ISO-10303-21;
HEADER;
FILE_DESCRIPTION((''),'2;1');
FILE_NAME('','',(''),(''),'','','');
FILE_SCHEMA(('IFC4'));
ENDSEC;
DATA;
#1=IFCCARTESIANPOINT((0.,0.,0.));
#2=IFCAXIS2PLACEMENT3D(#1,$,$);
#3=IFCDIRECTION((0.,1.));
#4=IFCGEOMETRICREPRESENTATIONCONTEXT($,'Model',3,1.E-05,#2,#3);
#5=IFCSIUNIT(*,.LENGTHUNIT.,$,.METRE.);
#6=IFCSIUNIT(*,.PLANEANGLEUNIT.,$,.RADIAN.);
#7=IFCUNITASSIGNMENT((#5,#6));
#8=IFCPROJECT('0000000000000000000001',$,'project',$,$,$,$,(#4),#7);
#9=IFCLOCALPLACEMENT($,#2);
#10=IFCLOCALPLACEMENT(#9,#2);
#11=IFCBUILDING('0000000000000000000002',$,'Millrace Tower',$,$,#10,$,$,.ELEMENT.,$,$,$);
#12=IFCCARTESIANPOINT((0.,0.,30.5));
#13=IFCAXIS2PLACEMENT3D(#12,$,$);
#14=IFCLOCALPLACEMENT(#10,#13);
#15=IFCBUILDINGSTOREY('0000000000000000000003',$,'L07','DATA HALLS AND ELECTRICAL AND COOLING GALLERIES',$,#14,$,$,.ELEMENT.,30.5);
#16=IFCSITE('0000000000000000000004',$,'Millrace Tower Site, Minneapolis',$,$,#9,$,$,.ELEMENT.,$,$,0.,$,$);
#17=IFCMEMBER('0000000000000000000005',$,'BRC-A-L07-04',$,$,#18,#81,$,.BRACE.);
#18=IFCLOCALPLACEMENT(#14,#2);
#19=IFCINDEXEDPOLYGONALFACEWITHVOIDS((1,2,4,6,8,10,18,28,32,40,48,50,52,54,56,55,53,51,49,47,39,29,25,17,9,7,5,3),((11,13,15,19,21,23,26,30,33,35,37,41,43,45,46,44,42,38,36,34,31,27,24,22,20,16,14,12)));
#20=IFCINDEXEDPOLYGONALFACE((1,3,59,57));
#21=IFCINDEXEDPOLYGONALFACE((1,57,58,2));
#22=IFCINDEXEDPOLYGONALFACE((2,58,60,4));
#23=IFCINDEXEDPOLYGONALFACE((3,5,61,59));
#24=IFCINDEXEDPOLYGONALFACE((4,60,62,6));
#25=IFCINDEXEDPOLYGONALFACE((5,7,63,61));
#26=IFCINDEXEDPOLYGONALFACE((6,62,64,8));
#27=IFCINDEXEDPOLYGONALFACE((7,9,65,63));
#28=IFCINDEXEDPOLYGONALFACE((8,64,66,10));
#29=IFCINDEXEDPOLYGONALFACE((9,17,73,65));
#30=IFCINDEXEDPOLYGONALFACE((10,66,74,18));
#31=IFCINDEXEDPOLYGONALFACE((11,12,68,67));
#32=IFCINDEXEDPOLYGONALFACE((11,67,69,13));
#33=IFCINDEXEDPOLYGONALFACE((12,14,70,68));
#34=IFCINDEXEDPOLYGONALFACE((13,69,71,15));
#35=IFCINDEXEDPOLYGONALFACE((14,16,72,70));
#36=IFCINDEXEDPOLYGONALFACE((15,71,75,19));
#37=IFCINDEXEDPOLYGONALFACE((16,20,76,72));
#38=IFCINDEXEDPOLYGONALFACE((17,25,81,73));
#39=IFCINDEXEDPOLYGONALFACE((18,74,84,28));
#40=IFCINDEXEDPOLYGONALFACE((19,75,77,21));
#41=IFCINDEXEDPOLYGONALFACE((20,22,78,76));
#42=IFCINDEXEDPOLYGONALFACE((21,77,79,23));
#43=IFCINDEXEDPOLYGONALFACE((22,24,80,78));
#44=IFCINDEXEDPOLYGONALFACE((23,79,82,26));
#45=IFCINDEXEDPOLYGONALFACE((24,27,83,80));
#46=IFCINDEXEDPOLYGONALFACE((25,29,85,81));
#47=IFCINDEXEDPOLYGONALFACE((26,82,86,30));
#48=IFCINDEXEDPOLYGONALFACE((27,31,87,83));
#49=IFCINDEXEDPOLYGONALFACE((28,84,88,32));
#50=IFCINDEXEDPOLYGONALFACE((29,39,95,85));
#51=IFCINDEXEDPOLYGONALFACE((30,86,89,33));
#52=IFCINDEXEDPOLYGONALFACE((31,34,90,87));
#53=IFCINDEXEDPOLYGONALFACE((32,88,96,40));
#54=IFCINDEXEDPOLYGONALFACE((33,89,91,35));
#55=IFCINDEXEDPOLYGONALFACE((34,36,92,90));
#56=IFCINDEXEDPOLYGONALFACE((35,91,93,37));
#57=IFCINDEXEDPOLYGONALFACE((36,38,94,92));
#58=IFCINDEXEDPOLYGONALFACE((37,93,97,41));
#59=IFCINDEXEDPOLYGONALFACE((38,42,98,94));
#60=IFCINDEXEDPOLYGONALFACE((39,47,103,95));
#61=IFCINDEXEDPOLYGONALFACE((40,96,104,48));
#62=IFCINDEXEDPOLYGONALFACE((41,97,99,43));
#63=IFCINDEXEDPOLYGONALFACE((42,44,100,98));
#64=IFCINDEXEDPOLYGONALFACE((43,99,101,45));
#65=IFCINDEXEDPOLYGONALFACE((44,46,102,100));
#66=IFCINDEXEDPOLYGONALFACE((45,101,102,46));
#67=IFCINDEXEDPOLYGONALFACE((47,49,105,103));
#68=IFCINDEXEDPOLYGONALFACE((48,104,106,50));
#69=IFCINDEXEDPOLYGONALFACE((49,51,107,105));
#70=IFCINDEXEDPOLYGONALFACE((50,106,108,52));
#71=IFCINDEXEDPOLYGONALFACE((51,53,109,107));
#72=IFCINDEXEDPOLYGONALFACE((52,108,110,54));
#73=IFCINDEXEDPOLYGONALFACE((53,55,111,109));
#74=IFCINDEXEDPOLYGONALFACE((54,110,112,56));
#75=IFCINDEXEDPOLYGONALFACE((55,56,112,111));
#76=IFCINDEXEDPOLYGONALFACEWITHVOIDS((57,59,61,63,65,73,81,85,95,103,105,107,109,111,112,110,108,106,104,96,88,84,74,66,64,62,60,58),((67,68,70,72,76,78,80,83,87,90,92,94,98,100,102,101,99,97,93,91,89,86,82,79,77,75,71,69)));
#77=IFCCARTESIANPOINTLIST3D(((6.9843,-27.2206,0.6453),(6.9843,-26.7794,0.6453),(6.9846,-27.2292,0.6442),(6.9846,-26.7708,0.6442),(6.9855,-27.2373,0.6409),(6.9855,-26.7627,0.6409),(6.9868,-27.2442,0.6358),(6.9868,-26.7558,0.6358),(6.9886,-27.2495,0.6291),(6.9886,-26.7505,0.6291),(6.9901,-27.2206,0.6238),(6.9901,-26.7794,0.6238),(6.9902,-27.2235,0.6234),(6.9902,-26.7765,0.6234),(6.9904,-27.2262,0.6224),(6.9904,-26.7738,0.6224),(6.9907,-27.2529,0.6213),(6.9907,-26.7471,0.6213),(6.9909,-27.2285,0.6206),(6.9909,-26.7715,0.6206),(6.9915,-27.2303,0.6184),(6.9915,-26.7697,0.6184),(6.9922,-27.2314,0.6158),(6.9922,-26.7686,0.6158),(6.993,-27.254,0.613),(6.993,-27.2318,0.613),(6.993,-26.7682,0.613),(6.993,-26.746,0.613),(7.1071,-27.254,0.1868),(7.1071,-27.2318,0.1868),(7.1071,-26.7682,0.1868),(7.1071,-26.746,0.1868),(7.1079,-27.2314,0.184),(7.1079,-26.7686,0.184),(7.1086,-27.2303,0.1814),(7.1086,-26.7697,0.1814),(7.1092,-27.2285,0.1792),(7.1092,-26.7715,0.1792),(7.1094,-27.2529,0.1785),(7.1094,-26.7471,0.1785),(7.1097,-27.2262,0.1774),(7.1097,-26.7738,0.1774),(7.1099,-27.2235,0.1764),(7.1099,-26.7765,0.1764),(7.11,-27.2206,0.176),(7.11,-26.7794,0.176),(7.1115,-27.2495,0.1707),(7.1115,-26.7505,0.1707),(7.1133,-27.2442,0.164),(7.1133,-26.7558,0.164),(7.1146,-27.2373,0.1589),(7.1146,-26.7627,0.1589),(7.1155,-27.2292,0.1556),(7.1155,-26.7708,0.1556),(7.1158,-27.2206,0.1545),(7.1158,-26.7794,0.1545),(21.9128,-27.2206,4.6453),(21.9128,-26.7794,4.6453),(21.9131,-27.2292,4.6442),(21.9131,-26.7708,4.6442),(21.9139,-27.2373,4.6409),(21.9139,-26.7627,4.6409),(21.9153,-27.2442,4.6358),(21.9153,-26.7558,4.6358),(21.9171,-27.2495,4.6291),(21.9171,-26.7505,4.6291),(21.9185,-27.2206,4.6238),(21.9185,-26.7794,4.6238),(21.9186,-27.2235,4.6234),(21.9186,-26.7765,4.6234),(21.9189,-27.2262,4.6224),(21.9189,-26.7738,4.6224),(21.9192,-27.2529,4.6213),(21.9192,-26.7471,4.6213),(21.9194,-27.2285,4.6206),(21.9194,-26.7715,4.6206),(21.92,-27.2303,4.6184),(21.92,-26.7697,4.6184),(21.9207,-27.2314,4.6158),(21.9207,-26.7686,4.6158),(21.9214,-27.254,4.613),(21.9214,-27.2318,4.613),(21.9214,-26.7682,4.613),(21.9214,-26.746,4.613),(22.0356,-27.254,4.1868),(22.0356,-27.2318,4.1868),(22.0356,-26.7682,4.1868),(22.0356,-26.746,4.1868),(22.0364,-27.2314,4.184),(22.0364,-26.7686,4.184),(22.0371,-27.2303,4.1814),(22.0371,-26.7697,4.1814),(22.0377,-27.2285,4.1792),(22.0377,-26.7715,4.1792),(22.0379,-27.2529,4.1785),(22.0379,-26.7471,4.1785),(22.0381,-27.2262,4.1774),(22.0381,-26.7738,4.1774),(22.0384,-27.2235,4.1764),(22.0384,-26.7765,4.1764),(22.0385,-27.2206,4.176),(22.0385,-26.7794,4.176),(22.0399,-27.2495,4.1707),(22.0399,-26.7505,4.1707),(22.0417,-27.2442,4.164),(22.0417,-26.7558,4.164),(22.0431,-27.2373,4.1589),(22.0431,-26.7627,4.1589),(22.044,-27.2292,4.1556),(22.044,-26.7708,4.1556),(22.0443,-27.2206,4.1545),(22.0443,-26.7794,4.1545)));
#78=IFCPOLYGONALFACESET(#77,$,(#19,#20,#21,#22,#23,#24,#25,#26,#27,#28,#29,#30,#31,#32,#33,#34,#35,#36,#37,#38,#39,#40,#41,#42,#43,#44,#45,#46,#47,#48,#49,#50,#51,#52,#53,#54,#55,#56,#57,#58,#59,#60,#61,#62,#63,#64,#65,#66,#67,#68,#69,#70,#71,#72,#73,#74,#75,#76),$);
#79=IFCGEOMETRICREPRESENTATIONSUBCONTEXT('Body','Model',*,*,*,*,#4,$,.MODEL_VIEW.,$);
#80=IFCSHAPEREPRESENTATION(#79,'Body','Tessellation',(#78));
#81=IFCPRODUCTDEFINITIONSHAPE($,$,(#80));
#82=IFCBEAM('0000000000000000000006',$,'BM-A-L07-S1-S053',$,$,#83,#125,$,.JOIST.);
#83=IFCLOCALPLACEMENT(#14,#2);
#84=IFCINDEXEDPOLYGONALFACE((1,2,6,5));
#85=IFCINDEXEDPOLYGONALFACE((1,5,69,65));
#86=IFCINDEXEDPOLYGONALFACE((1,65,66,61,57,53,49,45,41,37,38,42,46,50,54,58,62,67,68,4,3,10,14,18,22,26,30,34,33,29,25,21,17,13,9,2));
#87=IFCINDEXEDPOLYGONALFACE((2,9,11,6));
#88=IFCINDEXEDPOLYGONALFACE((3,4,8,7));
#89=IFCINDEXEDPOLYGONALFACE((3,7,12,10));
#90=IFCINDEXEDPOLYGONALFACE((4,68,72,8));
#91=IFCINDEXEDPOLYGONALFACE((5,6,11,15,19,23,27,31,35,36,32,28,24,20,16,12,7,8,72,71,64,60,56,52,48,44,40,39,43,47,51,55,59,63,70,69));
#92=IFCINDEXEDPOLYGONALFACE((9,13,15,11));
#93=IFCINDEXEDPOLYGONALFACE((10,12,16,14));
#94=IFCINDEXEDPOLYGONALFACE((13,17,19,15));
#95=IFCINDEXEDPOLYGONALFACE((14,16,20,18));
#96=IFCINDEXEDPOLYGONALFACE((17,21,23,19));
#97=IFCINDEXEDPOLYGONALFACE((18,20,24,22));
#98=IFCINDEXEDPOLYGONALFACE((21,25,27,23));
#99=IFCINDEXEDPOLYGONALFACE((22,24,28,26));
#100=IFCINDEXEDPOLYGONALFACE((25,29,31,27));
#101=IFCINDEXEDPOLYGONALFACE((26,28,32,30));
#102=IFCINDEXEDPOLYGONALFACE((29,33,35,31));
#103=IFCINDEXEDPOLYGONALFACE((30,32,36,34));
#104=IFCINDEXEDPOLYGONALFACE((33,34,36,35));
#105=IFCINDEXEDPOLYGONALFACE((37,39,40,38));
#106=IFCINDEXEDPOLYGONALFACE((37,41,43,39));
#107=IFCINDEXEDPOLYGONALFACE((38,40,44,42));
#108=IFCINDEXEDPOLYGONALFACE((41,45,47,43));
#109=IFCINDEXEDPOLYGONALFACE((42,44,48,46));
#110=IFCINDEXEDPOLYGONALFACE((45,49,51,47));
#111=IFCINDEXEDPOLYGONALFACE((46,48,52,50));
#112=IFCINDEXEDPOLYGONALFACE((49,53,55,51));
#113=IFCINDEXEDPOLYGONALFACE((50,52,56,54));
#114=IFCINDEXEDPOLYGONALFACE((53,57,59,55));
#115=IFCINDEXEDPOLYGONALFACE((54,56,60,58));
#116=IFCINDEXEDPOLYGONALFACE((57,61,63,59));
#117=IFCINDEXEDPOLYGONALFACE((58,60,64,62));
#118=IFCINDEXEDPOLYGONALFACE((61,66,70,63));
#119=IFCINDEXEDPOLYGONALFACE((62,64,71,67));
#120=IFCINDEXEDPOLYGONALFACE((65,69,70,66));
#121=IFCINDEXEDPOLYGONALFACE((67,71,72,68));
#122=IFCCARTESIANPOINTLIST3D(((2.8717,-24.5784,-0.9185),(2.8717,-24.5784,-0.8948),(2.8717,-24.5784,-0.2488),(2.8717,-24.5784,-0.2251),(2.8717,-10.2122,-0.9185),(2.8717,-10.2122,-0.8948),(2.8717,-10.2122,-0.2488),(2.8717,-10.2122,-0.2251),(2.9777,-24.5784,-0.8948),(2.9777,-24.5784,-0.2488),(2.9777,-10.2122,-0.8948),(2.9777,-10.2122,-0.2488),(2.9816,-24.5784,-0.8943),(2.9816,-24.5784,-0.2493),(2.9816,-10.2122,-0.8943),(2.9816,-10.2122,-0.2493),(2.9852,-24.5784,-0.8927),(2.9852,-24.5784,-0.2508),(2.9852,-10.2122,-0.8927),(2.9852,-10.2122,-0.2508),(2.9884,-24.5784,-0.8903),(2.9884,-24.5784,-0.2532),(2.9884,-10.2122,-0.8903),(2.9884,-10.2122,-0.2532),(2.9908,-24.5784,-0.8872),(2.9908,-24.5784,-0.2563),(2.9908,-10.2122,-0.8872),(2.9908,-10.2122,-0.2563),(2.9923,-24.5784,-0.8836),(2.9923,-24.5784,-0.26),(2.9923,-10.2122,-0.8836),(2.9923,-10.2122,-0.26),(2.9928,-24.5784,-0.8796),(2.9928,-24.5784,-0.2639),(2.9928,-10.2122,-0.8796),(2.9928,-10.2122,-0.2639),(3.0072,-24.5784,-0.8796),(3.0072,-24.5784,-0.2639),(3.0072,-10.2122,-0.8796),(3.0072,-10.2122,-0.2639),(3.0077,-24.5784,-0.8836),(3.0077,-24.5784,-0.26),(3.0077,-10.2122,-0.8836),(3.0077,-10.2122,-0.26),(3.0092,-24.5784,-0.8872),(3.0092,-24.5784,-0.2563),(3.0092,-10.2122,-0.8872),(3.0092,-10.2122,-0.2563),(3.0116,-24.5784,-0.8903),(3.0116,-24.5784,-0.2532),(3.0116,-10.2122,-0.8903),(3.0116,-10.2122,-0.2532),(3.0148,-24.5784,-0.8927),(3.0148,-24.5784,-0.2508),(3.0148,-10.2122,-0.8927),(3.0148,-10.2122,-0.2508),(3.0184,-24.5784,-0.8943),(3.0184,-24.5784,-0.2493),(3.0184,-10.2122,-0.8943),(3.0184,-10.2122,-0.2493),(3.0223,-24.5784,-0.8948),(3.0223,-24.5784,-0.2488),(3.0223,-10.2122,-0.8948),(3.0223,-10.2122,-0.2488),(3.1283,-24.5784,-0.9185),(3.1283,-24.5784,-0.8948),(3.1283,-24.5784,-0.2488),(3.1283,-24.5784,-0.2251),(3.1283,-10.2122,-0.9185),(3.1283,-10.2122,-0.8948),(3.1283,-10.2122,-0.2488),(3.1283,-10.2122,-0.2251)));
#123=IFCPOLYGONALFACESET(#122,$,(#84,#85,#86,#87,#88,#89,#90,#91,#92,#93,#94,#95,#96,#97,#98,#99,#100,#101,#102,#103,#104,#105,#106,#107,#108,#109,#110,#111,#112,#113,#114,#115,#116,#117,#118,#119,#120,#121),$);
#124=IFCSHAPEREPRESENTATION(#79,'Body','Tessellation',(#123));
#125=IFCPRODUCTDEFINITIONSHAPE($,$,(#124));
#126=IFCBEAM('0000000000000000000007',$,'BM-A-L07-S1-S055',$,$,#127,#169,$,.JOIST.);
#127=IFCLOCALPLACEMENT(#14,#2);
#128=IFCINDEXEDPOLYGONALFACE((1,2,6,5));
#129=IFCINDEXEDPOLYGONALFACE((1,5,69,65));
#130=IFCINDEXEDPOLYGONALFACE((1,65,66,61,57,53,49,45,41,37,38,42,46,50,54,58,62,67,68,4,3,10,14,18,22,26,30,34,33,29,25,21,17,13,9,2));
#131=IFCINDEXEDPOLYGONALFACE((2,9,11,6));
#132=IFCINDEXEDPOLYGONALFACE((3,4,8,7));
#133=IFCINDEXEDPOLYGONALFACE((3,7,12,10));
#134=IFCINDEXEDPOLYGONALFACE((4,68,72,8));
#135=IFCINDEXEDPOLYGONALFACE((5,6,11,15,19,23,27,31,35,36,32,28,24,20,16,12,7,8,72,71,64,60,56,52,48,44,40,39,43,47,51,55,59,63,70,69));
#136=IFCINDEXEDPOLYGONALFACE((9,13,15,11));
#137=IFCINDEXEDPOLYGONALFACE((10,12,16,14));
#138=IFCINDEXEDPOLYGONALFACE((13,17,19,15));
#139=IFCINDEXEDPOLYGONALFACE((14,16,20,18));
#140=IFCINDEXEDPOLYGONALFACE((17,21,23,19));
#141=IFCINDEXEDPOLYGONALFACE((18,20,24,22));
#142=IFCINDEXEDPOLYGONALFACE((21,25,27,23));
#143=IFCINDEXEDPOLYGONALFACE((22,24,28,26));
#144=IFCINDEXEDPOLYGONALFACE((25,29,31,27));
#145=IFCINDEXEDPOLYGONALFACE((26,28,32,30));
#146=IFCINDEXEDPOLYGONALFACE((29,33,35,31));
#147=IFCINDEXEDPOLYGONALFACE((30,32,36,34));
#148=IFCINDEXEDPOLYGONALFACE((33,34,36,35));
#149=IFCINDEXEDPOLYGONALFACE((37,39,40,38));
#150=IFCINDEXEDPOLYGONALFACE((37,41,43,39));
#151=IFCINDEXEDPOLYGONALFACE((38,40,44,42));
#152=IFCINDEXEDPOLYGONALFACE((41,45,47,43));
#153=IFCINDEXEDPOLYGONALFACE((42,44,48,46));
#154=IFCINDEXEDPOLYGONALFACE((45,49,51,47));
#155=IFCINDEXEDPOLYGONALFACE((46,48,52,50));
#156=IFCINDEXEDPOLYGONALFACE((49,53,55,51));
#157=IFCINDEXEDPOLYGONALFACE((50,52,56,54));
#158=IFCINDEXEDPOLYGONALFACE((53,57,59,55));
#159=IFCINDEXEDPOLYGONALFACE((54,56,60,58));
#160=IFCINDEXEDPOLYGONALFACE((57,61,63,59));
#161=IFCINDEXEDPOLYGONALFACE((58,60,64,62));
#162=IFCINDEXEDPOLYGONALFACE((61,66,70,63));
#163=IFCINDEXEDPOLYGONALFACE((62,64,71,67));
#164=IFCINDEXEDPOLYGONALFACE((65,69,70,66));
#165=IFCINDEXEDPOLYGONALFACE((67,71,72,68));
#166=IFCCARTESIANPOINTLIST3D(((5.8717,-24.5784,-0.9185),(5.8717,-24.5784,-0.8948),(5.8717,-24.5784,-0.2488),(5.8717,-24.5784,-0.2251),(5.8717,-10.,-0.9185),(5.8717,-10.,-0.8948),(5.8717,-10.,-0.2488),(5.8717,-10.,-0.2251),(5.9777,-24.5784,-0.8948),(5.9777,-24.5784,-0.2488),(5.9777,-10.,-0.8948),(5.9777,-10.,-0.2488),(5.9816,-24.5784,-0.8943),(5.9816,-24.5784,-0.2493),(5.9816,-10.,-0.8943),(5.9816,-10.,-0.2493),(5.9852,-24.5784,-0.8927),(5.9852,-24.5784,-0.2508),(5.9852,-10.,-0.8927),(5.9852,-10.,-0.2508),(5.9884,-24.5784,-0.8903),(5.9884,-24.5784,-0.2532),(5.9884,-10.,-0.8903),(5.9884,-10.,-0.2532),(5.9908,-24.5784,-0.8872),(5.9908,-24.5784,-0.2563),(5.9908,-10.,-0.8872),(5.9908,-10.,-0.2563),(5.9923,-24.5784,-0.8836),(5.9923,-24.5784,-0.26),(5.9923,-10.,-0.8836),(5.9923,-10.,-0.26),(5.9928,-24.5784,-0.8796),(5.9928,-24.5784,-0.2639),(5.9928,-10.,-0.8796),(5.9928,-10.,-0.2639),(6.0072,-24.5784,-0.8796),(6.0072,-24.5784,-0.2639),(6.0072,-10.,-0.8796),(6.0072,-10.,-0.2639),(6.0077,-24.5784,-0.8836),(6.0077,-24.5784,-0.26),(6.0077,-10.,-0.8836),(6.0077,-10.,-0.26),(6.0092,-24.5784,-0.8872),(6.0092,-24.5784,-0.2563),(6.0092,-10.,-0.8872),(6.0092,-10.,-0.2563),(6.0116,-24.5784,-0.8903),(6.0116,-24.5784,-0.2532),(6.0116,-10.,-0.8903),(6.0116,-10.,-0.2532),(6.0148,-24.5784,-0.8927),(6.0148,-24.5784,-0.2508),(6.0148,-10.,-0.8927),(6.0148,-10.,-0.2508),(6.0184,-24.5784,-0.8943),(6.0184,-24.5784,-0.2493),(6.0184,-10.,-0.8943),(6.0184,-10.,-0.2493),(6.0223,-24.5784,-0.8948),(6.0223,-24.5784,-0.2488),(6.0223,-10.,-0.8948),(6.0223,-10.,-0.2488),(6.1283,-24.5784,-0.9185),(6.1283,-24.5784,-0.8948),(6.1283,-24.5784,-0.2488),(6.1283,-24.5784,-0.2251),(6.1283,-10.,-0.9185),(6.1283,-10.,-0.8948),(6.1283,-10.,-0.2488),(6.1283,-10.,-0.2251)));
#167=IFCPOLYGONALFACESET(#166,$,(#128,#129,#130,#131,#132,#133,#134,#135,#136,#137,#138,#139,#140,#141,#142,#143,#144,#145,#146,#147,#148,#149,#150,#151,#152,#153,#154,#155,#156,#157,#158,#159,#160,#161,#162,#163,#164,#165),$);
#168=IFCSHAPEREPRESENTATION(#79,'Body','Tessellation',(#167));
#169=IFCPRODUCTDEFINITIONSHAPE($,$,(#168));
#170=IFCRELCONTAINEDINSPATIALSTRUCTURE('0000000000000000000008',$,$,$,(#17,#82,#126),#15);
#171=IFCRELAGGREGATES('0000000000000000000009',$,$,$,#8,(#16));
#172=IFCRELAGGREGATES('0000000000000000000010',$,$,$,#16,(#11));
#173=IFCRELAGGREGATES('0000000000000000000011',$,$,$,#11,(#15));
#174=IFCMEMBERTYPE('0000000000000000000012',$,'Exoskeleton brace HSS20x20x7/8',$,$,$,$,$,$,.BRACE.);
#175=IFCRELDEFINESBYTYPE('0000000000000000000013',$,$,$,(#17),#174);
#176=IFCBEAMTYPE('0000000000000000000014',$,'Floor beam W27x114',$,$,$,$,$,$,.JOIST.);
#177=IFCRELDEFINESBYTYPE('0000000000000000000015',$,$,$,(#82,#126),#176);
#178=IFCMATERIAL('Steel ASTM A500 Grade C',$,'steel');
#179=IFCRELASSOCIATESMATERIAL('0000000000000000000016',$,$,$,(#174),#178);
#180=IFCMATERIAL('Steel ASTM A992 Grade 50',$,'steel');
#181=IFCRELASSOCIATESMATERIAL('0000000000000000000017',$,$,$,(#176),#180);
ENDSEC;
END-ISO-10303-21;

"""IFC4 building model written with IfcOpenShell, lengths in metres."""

from ifc_helpers import new_model, si_unit, direction, frame, origin, origin_2d, place, context, subcontext, project, spatial, hollow_rectangle, i_section, extrude, material, material_profile, profile_set, type_object, element, save


model = new_model("IFC4")

# Units and contexts
model_context = context("Model", 3, precision=1e-05, world=origin(), true_north=direction((0.0, 1.0)))
body_context = subcontext(model_context, "Body", "Model", "MODEL_VIEW")
ifc_project = project(units=[si_unit("LENGTHUNIT", "METRE"), si_unit("PLANEANGLEUNIT", "RADIAN")], contexts=[model_context])

# Site, building, storey
site_placement = place(None, origin())
site = spatial("IfcSite", under=ifc_project, at=site_placement, Name="Millrace Tower Site, Minneapolis", CompositionType="ELEMENT", RefElevation=0.0)
building_placement = place(site_placement, origin())
building = spatial("IfcBuilding", under=site, at=building_placement, Name="Millrace Tower", CompositionType="ELEMENT")
storey_placement = place(building_placement, frame((0.0, 0.0, 30.5)))
storey = spatial("IfcBuildingStorey", under=building, at=storey_placement, Name="L07", Description="DATA HALLS AND ELECTRICAL AND COOLING GALLERIES", CompositionType="ELEMENT", Elevation=30.5)

# Member
ifc_material_1 = material(Name="Steel ASTM A500 Grade C", Category="steel")
ifc_material_profile_1 = material_profile(ifc_material_1, hollow_rectangle(XDim=0.5081, YDim=0.5081, WallThickness=0.0222, InnerFilletRadius=0.0112, OuterFilletRadius=0.0334, at=origin_2d()))
ifc_profile_set_1 = profile_set([ifc_material_profile_1], Name="Steel ASTM A500 Grade C")
member_type_1 = type_object("IfcMemberType", Name="Exoskeleton brace HSS20x20x7/8", PredefinedType="BRACE", material=ifc_profile_set_1)
member_1_placement = place(storey_placement, frame((7.05, -27.0, 0.3999), z_axis=(0.965927, 0.0, 0.258815), x_axis=(0.0, 1.0, 0.0)))
element("IfcMember", 1, at=member_1_placement, inside=storey, type_object=member_type_1, Name="BRC-A-L07-04", PredefinedType="BRACE", context=body_context, shape_type="SweptSolid", body=[
    extrude(hollow_rectangle(XDim=0.5081, YDim=0.5081, WallThickness=0.0222, InnerFilletRadius=0.0112, OuterFilletRadius=0.0334, at=origin_2d()), origin(), (0.0, 0.0, 1.0), 15.4551),
])

# Beams
ifc_material_2 = material(Name="Steel ASTM A992 Grade 50", Category="steel")
ifc_material_profile_2 = material_profile(ifc_material_2, i_section(OverallWidth=0.2566, OverallDepth=0.6934, WebThickness=0.0144, FlangeThickness=0.0237, FilletRadius=0.0151, at=origin_2d()))
ifc_profile_set_2 = profile_set([ifc_material_profile_2], Name="Steel ASTM A992 Grade 50")
beam_type_1 = type_object("IfcBeamType", Name="Floor beam W27x114", PredefinedType="JOIST", material=ifc_profile_set_2)
beam_1_placement = place(storey_placement, frame((3.0, -24.5784, -0.5718), z_axis=(0.0, 1.0, 0.0), x_axis=(-1.0, 0.0, 0.0)))
element("IfcBeam", 2, at=beam_1_placement, inside=storey, type_object=beam_type_1, Name="BM-A-L07-S1-S053", PredefinedType="JOIST", context=body_context, shape_type="SweptSolid", body=[
    extrude(i_section(OverallWidth=0.2566, OverallDepth=0.6934, WebThickness=0.0144, FlangeThickness=0.0237, FilletRadius=0.0151, at=origin_2d()), origin(), (0.0, 0.0, 1.0), 14.3662),
])
for number, where, z_axis, x_axis, name in (
    (3, (6.0, -24.5784, -0.5718), (0.0, 1.0, 0.0), (-1.0, 0.0, 0.0), "BM-A-L07-S1-S055"),
):
    element("IfcBeam", number, at=place(storey_placement, frame(where, z_axis=z_axis, x_axis=x_axis)), inside=storey, type_object=beam_type_1, Name=name, PredefinedType="JOIST", context=body_context, shape_type="SweptSolid", body=[
        extrude(i_section(OverallWidth=0.2566, OverallDepth=0.6934, WebThickness=0.0144, FlangeThickness=0.0237, FilletRadius=0.0151, at=origin_2d()), origin(), (0.0, 0.0, 1.0), 14.5784),
    ])

save(model, "model.ifc")
